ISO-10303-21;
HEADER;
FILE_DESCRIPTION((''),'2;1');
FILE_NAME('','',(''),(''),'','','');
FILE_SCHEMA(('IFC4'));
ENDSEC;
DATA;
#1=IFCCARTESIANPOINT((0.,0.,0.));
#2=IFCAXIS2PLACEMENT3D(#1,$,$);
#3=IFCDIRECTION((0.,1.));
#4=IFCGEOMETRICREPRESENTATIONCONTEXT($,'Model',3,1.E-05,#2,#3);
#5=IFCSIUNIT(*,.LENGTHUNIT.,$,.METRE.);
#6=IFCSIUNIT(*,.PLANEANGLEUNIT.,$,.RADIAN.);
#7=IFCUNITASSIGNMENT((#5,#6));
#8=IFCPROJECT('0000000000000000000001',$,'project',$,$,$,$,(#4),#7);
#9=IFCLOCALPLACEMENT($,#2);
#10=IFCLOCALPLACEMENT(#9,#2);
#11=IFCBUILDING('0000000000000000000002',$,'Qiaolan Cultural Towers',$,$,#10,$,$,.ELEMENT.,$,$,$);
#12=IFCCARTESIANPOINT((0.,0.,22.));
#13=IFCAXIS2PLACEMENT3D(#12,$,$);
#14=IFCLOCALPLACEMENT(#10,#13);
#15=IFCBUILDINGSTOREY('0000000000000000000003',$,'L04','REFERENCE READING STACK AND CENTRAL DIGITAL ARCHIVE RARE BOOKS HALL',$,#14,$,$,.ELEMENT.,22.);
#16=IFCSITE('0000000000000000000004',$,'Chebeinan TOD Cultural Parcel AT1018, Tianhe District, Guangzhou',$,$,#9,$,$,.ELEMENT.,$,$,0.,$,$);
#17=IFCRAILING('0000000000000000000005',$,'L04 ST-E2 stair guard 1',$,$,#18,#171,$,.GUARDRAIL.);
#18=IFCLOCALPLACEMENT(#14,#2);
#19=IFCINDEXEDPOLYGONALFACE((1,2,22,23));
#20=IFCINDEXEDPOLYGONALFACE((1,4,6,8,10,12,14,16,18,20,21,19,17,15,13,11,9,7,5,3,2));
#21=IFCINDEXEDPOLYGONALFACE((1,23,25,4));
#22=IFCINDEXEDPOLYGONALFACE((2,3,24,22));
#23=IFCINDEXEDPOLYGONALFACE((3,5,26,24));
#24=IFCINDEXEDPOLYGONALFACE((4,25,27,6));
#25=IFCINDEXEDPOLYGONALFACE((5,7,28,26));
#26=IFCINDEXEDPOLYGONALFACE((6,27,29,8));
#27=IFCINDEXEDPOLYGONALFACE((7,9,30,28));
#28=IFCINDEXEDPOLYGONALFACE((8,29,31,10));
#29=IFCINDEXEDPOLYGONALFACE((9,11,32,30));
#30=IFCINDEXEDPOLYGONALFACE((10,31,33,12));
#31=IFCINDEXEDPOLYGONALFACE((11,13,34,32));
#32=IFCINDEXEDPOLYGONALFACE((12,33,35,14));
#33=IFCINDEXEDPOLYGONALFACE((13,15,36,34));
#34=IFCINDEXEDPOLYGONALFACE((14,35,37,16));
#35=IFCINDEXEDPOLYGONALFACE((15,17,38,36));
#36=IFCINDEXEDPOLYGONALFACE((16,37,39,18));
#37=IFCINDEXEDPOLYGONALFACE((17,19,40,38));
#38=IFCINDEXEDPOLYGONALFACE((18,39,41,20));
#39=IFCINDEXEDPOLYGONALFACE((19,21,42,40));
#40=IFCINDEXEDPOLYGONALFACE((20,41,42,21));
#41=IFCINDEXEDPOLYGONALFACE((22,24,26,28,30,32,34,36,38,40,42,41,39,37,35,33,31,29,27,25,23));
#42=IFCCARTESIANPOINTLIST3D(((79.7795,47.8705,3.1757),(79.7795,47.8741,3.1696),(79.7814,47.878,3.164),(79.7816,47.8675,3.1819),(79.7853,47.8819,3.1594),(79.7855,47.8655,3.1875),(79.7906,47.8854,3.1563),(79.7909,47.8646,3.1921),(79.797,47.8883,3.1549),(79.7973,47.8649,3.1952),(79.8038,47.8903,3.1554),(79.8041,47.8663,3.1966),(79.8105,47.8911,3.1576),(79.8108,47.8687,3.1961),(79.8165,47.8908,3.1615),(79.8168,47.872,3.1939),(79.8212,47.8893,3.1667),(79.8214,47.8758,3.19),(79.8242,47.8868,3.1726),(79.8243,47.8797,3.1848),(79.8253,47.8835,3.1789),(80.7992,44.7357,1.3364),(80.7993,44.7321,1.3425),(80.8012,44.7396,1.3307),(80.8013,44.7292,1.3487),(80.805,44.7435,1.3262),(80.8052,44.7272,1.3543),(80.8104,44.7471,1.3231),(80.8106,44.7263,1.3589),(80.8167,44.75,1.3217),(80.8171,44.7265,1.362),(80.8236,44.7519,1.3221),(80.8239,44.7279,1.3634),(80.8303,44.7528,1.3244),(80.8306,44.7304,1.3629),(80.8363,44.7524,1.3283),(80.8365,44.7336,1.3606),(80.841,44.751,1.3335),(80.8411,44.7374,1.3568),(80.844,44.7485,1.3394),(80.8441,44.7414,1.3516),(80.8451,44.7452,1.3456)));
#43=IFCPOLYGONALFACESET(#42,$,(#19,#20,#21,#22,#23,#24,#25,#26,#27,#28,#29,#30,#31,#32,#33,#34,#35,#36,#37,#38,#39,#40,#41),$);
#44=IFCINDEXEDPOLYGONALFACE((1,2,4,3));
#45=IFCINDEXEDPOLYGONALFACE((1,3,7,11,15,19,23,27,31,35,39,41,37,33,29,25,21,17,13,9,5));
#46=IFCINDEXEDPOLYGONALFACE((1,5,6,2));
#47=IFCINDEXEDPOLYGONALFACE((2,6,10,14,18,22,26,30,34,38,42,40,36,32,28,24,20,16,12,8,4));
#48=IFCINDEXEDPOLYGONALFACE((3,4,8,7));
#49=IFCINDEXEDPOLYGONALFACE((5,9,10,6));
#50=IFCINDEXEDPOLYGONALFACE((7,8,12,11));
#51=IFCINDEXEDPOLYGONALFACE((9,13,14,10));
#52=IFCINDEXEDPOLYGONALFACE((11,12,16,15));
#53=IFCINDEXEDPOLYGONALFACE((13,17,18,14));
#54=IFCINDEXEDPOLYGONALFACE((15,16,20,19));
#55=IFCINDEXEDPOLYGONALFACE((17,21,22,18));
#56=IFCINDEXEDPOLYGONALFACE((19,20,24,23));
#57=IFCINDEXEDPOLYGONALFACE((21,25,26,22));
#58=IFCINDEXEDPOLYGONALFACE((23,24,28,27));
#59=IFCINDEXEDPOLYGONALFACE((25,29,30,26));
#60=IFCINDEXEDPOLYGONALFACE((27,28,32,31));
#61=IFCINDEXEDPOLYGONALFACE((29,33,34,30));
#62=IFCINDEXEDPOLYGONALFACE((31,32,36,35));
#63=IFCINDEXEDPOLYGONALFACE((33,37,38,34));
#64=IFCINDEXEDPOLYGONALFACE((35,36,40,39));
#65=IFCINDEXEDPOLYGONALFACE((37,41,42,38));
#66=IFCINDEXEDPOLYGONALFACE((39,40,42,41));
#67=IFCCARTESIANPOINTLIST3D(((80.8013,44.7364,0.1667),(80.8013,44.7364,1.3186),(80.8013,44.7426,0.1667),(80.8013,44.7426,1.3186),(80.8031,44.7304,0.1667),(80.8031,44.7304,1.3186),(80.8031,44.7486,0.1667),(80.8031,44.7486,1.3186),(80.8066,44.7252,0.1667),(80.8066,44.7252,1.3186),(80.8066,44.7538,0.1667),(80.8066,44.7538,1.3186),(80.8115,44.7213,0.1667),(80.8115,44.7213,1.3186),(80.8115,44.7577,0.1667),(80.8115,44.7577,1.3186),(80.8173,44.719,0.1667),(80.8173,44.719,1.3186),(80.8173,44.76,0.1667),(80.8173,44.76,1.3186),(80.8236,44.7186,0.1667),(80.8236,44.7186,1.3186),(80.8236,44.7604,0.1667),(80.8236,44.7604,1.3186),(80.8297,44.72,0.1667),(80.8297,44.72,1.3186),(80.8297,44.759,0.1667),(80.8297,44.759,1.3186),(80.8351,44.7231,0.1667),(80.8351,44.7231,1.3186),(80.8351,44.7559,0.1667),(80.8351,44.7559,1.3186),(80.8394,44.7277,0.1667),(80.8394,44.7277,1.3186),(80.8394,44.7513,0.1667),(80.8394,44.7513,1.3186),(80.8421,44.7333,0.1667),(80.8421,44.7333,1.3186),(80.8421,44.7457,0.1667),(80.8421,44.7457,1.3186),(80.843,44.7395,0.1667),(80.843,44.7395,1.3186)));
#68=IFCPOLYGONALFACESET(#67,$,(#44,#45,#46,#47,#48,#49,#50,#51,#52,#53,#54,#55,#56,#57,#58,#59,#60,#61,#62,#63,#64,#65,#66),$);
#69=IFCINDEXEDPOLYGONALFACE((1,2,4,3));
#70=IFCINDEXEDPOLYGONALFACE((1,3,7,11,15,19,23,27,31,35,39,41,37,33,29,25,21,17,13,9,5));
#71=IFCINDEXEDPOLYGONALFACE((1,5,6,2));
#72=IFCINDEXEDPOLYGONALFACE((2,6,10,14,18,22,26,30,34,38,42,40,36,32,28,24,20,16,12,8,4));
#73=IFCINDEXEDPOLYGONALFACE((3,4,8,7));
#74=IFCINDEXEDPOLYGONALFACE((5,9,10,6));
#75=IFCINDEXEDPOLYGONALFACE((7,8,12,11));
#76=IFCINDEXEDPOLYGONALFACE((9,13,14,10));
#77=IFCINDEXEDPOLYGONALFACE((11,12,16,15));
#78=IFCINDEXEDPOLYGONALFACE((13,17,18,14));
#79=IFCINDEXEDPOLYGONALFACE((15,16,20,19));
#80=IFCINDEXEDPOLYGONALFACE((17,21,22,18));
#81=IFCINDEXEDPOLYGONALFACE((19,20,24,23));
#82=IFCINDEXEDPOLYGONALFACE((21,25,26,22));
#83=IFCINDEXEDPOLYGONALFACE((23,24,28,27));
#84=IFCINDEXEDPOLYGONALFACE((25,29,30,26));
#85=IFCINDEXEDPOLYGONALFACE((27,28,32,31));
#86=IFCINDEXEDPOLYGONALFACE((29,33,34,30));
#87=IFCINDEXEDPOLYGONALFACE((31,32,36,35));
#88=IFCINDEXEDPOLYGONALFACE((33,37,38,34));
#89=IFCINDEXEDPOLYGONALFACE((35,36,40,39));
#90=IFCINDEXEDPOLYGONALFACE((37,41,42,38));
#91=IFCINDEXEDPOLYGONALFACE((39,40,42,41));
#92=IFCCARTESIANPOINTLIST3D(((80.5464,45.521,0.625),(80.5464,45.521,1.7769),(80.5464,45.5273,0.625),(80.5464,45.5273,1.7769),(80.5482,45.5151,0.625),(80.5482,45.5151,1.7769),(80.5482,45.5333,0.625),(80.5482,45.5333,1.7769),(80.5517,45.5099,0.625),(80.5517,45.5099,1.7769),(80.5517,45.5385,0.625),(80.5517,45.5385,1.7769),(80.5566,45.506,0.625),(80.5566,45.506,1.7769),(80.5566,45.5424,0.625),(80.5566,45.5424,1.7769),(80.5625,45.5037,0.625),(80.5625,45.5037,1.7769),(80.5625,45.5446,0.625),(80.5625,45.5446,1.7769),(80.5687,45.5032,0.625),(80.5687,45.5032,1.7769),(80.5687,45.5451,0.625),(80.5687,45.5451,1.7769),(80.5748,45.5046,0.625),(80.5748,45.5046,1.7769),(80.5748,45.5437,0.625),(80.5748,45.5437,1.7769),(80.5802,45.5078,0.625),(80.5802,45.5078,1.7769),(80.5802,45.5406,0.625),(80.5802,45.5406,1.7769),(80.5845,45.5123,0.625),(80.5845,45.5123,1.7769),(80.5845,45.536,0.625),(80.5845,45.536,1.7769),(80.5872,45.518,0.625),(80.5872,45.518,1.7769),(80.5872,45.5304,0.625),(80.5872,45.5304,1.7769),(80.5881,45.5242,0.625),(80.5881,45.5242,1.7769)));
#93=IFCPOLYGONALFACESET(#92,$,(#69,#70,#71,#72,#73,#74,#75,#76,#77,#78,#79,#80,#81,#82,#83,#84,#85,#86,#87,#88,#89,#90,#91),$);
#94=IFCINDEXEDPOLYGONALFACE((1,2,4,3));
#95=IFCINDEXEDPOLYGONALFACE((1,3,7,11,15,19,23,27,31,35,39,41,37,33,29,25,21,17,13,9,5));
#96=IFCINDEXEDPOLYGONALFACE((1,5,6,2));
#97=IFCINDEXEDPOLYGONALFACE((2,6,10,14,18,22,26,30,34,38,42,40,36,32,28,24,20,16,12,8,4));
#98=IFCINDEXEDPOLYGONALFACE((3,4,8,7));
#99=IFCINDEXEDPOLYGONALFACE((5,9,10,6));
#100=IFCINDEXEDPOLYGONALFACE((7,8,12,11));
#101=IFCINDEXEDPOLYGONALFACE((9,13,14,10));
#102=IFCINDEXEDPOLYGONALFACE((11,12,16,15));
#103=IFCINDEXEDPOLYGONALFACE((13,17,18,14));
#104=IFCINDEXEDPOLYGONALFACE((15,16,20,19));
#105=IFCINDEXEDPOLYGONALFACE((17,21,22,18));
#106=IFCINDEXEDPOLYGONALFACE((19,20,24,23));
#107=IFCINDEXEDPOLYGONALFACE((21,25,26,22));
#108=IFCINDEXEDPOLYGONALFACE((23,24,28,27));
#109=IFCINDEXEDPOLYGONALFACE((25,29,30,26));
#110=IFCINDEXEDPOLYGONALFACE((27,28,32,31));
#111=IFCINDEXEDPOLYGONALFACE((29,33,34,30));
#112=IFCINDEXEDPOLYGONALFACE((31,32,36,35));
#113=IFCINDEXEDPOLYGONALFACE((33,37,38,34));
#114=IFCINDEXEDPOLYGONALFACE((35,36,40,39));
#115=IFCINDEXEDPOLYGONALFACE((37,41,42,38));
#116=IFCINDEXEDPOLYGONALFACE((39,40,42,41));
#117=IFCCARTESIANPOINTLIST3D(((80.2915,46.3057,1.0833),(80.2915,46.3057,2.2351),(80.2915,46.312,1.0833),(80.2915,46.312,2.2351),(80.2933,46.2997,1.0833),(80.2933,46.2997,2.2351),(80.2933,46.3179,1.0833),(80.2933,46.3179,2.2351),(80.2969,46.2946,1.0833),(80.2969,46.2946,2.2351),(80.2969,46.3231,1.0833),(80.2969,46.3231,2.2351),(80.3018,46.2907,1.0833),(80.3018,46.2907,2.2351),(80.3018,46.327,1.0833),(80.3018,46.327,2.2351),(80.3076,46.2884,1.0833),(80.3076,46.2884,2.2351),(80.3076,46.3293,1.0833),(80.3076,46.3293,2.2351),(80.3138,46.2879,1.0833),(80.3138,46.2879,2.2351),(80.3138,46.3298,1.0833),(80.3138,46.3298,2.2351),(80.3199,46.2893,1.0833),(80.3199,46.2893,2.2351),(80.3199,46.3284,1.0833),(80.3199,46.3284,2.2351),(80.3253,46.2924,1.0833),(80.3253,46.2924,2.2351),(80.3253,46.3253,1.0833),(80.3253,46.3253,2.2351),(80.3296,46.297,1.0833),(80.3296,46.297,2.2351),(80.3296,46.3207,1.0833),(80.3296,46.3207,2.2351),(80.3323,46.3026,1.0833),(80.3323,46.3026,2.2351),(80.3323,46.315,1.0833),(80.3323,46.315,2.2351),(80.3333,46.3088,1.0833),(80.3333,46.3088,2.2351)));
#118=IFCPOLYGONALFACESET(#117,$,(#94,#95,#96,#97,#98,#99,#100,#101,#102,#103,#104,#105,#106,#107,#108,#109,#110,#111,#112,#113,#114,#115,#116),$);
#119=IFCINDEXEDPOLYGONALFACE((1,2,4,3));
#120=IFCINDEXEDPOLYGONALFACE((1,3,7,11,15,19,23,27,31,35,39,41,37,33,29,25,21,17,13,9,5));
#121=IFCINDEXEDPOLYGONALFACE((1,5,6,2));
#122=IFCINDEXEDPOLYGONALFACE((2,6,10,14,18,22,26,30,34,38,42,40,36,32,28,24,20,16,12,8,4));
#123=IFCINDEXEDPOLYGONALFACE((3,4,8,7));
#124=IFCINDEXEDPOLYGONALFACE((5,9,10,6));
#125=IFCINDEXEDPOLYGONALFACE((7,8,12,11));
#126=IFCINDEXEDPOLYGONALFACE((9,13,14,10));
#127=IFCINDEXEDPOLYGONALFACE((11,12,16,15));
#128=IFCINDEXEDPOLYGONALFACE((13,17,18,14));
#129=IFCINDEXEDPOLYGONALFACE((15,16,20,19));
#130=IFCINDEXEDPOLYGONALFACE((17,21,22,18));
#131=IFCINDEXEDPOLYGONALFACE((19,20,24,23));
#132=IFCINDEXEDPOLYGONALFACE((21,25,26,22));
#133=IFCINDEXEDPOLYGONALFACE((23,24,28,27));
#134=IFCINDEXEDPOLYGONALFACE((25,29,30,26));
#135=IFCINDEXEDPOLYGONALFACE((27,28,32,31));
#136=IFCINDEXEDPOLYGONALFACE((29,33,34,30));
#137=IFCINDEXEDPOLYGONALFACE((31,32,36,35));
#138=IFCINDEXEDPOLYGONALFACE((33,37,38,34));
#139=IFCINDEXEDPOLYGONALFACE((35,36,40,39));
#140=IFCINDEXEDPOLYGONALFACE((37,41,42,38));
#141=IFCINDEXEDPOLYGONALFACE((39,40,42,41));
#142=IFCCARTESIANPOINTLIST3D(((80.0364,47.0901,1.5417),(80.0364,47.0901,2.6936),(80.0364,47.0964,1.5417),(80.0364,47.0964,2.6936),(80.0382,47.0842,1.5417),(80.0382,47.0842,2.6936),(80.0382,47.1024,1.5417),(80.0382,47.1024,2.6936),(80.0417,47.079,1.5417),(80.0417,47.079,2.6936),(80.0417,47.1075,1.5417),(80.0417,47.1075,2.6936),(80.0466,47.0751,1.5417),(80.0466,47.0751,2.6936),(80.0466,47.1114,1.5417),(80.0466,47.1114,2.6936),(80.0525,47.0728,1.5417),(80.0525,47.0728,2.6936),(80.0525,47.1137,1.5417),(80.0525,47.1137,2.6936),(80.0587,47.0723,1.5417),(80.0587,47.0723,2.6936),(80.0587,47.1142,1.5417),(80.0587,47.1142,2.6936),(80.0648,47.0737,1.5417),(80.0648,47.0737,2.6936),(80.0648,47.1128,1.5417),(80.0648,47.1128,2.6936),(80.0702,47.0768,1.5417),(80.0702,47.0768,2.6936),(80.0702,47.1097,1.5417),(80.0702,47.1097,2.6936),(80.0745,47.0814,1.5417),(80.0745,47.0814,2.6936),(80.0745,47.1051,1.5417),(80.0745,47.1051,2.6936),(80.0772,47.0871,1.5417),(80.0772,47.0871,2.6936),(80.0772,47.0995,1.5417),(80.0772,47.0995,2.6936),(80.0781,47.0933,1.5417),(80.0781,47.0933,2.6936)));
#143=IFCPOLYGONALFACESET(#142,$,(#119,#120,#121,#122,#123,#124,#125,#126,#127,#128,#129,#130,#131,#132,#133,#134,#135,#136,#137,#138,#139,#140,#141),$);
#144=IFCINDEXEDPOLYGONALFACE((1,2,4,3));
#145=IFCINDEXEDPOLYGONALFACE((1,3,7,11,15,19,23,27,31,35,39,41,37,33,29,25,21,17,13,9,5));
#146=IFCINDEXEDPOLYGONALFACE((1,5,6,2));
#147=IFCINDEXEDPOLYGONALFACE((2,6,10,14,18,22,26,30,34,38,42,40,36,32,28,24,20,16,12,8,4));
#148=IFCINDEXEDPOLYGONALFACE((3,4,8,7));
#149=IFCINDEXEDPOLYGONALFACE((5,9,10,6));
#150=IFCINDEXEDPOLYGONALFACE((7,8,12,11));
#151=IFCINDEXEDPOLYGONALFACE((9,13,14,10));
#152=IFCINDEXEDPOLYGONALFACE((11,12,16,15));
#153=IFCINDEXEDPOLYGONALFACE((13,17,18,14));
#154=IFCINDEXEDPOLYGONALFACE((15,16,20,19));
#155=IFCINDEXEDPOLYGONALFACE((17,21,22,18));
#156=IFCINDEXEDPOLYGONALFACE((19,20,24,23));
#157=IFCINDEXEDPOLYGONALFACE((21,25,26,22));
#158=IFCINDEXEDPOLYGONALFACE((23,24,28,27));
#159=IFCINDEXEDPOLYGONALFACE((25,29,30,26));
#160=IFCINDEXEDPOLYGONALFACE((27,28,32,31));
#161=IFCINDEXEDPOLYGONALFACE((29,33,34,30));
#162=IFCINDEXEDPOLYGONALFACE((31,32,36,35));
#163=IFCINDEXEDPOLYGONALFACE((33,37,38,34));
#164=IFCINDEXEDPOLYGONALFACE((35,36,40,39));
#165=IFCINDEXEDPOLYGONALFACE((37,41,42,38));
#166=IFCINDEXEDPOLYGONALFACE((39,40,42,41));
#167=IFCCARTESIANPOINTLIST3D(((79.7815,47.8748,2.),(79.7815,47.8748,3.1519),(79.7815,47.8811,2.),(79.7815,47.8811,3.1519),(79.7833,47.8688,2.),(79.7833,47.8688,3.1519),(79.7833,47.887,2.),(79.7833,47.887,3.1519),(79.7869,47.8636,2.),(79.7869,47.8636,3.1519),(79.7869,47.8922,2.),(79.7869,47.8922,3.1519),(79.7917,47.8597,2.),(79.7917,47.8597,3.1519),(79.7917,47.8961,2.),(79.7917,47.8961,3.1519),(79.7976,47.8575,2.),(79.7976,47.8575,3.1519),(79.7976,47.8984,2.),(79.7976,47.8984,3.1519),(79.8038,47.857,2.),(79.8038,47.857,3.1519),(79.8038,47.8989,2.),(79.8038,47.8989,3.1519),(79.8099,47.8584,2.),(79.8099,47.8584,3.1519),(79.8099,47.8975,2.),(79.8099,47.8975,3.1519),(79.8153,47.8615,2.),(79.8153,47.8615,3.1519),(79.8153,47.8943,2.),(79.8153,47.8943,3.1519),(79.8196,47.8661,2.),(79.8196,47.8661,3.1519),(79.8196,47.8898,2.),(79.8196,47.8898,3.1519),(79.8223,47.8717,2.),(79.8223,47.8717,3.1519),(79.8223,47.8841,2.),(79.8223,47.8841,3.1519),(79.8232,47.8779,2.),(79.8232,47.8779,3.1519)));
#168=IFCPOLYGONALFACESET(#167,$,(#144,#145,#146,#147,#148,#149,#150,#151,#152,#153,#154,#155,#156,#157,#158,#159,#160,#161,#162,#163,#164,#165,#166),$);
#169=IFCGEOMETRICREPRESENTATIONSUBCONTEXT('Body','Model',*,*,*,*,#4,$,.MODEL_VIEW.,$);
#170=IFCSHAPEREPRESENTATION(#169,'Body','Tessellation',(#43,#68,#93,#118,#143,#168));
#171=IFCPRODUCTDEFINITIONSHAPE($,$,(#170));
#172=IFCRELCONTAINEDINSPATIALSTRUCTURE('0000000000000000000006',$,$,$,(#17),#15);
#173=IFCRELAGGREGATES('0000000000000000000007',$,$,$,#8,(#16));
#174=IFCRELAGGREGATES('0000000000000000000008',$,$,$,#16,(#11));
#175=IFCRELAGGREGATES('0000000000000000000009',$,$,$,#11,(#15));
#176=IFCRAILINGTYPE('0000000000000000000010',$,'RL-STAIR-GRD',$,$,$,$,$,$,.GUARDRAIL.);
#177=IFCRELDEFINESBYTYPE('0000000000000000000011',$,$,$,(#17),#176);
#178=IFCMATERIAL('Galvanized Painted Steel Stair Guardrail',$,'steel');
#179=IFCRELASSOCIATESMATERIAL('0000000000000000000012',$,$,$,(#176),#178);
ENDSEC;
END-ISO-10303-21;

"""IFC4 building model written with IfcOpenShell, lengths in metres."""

from ifc_helpers import new_model, si_unit, direction, frame, origin, origin_2d, place, context, subcontext, project, spatial, circle, extrude, material, type_object, element, save


model = new_model("IFC4")

# Units and contexts
model_context = context("Model", 3, precision=1e-05, world=origin(), true_north=direction((0.0, 1.0)))
body_context = subcontext(model_context, "Body", "Model", "MODEL_VIEW")
ifc_project = project(units=[si_unit("LENGTHUNIT", "METRE"), si_unit("PLANEANGLEUNIT", "RADIAN")], contexts=[model_context])

# Site, building, storey
site_placement = place(None, origin())
site = spatial("IfcSite", under=ifc_project, at=site_placement, Name="Chebeinan TOD Cultural Parcel AT1018, Tianhe District, Guangzhou", CompositionType="ELEMENT", RefElevation=0.0)
building_placement = place(site_placement, origin())
building = spatial("IfcBuilding", under=site, at=building_placement, Name="Qiaolan Cultural Towers", CompositionType="ELEMENT")
storey_placement = place(building_placement, frame((0.0, 0.0, 22.0)))
storey = spatial("IfcBuildingStorey", under=building, at=storey_placement, Name="L04", Description="REFERENCE READING STACK AND CENTRAL DIGITAL ARCHIVE RARE BOOKS HALL", CompositionType="ELEMENT", Elevation=22.0)

# Railing
ifc_material_1 = material(Name="Galvanized Painted Steel Stair Guardrail", Category="steel")
railing_type_1 = type_object("IfcRailingType", Name="RL-STAIR-GRD", PredefinedType="GUARDRAIL", material=ifc_material_1)
railing_1_placement = place(storey_placement, frame((80.822, 44.7395, 0.1667)))
element("IfcRailing", 1, at=railing_1_placement, inside=storey, type_object=railing_type_1, Name="L04 ST-E2 stair guard 1", PredefinedType="GUARDRAIL", context=body_context, shape_type="SweptSolid", body=[
    extrude(circle(Radius=0.0239, at=origin_2d()), frame((0.0, 0.0, 1.1758), z_axis=(-0.270141, 0.831376, 0.485632), x_axis=(-0.951053, -0.309028, 0.0)), (0.0, 0.0, 1.0), 3.7749),
    extrude(circle(Radius=0.021, at=origin_2d()), origin(), (0.0, 0.0, 1.0), 1.1519),
    extrude(circle(Radius=0.021, at=origin_2d()), frame((-0.2549, 0.7847, 0.4583)), (0.0, 0.0, 1.0), 1.1519),
    extrude(circle(Radius=0.021, at=origin_2d()), frame((-0.5098, 1.5693, 0.9165)), (0.0, 0.0, 1.0), 1.1519),
    extrude(circle(Radius=0.021, at=origin_2d()), frame((-0.7649, 2.3538, 1.375)), (0.0, 0.0, 1.0), 1.1519),
    extrude(circle(Radius=0.021, at=origin_2d()), frame((-1.0198, 3.1384, 1.8333)), (0.0, 0.0, 1.0), 1.1519),
])

save(model, "model.ifc")
